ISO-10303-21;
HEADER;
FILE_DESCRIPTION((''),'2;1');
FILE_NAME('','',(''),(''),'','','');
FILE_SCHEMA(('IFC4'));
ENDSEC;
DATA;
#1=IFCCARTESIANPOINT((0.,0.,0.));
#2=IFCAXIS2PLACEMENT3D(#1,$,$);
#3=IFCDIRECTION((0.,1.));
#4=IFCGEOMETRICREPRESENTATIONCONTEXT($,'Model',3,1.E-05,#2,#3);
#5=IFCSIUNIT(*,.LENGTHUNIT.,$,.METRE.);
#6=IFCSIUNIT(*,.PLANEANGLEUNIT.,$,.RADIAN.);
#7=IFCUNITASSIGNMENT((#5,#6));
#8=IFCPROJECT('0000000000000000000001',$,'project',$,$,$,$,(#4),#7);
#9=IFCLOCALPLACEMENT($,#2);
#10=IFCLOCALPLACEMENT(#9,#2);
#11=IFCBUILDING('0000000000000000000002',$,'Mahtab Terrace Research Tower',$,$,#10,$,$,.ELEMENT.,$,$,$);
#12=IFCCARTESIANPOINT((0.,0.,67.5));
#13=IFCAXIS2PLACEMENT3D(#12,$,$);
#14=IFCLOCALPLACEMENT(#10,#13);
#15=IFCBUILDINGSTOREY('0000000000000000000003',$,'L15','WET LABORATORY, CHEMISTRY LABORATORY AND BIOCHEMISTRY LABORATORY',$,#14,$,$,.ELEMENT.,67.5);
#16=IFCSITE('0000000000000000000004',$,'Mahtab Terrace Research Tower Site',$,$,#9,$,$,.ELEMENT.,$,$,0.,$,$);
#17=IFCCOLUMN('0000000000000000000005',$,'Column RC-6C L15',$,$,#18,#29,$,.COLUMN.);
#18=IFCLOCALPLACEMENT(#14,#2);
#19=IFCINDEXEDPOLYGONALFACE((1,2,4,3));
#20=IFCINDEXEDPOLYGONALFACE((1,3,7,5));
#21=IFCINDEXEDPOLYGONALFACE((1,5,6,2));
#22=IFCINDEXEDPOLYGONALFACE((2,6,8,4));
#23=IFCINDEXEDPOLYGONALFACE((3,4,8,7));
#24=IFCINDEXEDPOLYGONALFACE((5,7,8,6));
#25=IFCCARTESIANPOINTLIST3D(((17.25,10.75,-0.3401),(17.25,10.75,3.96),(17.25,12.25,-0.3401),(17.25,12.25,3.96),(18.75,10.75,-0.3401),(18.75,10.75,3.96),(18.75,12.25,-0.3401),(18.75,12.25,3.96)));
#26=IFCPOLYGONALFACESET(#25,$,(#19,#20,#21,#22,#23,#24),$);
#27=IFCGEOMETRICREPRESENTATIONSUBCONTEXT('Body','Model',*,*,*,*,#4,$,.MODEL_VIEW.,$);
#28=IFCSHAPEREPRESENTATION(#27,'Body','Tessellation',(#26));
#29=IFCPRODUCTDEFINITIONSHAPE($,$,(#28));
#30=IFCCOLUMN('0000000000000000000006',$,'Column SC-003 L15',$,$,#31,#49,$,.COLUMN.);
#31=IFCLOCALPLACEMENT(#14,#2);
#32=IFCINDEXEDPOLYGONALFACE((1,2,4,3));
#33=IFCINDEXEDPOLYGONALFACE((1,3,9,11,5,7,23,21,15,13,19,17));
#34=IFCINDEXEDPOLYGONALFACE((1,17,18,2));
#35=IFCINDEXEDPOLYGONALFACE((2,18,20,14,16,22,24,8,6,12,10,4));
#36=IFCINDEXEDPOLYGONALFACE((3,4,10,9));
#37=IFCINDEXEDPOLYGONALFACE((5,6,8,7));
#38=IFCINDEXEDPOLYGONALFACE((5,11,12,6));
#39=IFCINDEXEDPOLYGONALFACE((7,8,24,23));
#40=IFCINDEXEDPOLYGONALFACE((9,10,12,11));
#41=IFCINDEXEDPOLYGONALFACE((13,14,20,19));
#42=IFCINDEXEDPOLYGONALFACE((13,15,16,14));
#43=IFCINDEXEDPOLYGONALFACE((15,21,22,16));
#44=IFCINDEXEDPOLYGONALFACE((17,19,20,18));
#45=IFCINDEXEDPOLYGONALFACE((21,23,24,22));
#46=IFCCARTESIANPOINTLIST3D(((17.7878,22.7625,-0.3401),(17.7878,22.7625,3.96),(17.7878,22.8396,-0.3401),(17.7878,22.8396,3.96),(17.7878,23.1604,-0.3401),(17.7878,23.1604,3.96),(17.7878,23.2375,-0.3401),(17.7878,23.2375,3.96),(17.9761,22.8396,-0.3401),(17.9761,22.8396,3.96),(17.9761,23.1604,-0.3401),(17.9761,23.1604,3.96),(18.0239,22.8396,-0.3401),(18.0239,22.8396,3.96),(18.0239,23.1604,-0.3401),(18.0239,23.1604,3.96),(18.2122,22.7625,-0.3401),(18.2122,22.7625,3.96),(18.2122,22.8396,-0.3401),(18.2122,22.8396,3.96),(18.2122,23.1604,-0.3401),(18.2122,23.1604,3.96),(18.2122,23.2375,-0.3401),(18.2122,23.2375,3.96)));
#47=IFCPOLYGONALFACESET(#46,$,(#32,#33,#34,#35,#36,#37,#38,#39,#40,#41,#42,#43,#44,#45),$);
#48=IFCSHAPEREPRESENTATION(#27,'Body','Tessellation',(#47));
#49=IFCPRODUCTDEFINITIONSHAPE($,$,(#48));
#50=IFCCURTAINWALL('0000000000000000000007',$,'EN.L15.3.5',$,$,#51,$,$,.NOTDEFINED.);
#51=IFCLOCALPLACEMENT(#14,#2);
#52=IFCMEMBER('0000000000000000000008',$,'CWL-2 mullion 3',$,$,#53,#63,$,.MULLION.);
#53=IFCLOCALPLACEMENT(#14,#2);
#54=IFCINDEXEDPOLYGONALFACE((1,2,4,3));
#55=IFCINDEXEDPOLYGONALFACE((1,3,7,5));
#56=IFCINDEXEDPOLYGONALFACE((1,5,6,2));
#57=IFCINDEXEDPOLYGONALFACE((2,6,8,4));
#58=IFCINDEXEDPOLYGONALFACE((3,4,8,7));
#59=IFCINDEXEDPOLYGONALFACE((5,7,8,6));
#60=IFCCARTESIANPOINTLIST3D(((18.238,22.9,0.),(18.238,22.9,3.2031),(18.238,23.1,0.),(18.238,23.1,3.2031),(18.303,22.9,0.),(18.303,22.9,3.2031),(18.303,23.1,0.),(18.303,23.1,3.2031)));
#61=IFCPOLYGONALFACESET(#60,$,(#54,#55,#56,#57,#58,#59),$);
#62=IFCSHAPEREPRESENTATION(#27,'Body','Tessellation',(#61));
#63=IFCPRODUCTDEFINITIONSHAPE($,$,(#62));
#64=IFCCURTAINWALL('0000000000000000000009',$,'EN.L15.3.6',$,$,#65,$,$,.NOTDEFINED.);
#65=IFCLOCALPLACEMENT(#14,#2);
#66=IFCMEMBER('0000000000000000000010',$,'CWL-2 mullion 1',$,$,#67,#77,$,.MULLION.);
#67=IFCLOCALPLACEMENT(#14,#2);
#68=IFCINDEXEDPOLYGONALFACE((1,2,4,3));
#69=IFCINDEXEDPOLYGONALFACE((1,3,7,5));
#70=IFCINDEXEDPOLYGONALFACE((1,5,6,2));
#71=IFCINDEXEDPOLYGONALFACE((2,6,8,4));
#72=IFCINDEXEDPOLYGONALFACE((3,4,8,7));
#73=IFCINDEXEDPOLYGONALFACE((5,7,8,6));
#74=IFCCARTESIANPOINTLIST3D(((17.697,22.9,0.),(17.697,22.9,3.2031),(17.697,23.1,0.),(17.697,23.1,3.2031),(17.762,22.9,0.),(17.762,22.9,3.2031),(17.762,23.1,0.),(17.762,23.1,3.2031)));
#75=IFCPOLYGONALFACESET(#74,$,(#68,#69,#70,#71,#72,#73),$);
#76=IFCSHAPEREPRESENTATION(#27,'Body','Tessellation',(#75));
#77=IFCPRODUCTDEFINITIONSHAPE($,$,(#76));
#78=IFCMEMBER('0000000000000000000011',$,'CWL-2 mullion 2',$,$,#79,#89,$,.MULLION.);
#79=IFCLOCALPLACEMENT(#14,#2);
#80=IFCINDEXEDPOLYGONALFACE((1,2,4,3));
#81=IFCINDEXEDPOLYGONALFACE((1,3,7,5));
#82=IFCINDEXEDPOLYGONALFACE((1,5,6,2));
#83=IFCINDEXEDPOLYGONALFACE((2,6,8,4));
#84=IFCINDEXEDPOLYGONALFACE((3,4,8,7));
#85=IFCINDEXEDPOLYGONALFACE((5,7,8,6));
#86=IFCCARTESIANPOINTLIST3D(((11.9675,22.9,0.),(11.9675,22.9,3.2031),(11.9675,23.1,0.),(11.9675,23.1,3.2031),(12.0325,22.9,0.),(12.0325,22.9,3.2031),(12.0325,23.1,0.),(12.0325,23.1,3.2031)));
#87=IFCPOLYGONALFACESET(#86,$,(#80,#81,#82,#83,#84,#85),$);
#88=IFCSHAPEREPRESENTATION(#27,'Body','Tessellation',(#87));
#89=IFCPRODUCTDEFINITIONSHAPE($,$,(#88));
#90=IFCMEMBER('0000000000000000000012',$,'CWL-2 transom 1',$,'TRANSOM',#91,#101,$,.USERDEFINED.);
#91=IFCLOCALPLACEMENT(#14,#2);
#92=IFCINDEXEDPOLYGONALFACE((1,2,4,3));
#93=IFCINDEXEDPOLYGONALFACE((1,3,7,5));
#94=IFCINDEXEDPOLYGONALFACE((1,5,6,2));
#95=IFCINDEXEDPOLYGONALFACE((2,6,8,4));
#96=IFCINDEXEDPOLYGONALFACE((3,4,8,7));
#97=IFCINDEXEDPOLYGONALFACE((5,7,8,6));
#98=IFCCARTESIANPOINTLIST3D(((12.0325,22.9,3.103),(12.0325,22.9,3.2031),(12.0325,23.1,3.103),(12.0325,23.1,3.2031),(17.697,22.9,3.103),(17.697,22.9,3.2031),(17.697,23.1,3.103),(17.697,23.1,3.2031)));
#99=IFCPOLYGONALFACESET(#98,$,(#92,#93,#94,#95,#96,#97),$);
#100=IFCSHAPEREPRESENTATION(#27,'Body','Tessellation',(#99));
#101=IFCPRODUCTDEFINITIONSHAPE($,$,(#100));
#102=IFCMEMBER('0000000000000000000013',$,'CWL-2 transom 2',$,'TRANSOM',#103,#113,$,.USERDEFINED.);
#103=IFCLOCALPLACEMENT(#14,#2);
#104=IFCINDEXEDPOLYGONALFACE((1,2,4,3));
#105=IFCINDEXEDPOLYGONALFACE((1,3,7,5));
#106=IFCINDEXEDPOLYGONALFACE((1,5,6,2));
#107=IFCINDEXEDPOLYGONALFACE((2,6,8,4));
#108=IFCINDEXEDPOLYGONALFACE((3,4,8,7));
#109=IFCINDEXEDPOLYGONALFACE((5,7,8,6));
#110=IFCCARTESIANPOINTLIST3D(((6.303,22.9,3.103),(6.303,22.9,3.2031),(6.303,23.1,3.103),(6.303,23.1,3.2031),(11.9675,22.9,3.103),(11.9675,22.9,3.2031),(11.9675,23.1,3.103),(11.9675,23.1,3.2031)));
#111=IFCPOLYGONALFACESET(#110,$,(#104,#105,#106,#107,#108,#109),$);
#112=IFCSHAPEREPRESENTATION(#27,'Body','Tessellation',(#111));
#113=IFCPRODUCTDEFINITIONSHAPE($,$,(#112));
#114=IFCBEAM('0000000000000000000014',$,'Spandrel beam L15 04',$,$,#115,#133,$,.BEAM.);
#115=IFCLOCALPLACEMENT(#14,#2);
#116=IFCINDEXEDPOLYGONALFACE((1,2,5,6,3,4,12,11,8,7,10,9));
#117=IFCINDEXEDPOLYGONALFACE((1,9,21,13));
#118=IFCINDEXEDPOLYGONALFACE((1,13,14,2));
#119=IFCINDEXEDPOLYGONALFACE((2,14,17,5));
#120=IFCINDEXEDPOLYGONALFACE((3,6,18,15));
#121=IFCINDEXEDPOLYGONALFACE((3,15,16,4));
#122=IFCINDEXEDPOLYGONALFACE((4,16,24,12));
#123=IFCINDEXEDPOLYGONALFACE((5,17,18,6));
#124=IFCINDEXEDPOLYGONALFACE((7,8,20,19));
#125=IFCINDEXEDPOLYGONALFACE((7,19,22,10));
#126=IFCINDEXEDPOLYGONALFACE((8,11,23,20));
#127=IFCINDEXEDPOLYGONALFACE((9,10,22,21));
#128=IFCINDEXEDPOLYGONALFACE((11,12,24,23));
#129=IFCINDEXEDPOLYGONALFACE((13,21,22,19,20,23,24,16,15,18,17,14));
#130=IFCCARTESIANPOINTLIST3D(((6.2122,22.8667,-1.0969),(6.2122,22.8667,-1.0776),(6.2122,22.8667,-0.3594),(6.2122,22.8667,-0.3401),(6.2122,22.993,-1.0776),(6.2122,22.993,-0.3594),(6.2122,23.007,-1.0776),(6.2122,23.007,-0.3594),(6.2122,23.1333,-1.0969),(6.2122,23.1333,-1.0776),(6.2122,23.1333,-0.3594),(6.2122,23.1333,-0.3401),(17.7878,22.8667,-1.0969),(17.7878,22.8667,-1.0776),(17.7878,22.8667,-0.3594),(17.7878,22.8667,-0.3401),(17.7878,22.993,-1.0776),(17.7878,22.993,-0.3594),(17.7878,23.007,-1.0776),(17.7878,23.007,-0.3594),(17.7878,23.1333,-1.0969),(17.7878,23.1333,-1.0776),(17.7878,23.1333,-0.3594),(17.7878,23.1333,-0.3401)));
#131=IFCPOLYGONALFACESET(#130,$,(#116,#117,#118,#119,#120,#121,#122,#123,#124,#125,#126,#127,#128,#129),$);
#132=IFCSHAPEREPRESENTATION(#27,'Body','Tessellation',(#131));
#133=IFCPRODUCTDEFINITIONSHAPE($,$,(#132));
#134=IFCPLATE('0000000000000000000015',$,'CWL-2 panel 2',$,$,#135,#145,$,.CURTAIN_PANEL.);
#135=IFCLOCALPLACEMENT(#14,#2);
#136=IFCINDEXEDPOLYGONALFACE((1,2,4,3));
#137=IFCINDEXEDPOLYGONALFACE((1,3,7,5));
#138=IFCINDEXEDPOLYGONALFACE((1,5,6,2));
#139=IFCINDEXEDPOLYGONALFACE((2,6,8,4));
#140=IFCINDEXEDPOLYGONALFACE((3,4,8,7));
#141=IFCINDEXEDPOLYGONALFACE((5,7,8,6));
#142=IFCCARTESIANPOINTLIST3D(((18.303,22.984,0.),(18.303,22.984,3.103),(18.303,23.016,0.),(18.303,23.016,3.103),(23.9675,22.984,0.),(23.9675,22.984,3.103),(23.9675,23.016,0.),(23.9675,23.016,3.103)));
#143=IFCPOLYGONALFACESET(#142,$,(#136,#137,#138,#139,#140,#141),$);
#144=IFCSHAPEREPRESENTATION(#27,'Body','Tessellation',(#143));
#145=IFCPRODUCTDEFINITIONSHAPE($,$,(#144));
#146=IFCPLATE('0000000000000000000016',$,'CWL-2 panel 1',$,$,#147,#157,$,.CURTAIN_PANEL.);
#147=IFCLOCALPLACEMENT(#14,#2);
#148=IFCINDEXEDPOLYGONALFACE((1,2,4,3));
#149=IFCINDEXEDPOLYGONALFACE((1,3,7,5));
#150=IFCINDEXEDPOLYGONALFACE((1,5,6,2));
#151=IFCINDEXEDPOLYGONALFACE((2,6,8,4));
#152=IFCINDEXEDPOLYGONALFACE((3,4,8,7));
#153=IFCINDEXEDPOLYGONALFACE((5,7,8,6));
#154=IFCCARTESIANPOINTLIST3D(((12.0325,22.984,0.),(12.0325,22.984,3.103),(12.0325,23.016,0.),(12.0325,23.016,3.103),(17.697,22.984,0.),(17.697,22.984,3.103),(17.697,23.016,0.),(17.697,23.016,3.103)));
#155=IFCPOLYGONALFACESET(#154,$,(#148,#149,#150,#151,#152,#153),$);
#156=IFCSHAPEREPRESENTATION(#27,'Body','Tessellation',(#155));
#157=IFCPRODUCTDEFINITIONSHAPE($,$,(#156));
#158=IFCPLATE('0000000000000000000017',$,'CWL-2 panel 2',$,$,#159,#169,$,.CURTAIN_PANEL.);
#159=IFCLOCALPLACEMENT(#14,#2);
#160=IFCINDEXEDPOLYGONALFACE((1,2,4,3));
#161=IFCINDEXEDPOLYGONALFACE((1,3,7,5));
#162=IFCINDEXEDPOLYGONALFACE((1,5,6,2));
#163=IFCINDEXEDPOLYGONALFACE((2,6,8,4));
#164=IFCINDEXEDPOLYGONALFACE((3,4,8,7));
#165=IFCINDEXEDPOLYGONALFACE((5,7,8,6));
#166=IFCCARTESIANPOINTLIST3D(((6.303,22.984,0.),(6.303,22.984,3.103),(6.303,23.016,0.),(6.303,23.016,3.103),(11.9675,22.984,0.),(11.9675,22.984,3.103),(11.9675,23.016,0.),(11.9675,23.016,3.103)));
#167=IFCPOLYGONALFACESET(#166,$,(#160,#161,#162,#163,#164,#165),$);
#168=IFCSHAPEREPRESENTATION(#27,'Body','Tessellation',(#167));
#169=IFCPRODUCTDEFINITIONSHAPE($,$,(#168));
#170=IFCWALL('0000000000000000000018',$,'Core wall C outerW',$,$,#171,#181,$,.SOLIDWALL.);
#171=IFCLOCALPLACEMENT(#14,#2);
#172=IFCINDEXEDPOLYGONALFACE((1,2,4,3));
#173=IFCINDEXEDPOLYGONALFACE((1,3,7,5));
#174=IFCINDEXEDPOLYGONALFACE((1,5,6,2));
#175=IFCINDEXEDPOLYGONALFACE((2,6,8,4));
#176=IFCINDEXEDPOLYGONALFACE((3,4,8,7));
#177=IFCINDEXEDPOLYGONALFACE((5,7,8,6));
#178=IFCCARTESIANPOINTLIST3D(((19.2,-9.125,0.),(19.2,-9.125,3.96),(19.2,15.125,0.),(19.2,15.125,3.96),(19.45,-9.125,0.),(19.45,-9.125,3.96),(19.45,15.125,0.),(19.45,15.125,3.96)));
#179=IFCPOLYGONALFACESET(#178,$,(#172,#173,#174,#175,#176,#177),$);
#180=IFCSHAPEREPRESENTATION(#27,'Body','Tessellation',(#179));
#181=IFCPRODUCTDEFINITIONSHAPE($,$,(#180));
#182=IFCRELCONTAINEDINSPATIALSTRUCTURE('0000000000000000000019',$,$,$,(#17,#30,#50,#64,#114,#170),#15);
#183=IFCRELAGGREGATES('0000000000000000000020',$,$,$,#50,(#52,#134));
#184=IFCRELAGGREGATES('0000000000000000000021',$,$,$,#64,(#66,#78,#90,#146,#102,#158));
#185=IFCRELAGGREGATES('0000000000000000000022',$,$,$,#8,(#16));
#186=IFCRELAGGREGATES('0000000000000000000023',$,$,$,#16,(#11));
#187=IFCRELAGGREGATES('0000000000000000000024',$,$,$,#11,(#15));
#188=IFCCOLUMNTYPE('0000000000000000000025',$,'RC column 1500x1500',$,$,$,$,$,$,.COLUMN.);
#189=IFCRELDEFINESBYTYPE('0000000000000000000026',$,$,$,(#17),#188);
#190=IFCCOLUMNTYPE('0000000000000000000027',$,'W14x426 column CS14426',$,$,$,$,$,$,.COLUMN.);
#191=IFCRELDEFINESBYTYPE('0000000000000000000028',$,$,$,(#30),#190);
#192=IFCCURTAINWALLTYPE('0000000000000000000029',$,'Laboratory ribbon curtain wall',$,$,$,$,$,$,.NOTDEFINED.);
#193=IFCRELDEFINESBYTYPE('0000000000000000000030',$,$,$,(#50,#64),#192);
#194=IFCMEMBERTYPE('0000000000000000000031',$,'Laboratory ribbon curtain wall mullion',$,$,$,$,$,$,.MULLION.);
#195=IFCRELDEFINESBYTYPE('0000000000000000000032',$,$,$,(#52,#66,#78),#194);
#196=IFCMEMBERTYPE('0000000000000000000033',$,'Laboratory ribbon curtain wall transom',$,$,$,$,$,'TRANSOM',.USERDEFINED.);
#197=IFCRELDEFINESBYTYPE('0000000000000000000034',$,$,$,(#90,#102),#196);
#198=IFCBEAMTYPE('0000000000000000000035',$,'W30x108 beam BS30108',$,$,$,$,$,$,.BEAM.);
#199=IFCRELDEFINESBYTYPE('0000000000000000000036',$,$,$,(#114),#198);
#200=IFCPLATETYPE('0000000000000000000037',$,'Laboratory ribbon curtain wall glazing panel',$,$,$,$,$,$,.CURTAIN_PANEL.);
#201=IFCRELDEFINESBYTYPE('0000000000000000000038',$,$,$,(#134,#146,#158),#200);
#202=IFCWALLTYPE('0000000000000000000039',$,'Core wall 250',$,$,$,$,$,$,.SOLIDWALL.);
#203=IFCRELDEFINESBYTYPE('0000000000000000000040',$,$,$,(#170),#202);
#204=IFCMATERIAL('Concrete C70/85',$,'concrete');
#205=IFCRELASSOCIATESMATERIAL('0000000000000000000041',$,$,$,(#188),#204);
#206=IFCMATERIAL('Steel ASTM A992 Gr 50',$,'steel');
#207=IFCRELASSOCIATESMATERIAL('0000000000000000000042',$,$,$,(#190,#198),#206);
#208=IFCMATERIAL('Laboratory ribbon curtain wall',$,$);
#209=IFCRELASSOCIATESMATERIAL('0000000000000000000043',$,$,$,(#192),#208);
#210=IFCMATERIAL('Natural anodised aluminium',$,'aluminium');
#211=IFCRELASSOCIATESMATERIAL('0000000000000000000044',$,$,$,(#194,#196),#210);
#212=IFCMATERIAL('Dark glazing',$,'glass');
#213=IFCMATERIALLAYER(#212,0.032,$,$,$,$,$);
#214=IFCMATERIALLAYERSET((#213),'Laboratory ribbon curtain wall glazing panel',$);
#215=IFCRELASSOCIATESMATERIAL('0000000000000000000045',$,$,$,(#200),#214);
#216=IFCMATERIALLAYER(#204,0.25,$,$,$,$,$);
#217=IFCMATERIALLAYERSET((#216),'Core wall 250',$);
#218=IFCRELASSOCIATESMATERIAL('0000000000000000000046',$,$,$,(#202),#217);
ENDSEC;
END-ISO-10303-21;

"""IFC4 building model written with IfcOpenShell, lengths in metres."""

from ifc_helpers import new_model, si_unit, direction, frame, frame_2d, origin, origin_2d, place, context, subcontext, project, spatial, rectangle, i_section, extrude, material, layer, layer_set, material_profile, profile_set, type_object, element, aggregate, save


model = new_model("IFC4")

# Units and contexts
model_context = context("Model", 3, precision=1e-05, world=origin(), true_north=direction((0.0, 1.0)))
body_context = subcontext(model_context, "Body", "Model", "MODEL_VIEW")
ifc_project = project(units=[si_unit("LENGTHUNIT", "METRE"), si_unit("PLANEANGLEUNIT", "RADIAN")], contexts=[model_context])

# Site, building, storey
site_placement = place(None, origin())
site = spatial("IfcSite", under=ifc_project, at=site_placement, Name="Mahtab Terrace Research Tower Site", CompositionType="ELEMENT", RefElevation=0.0)
building_placement = place(site_placement, origin())
building = spatial("IfcBuilding", under=site, at=building_placement, Name="Mahtab Terrace Research Tower", CompositionType="ELEMENT")
storey_placement = place(building_placement, frame((0.0, 0.0, 67.5)))
storey = spatial("IfcBuildingStorey", under=building, at=storey_placement, Name="L15", Description="WET LABORATORY, CHEMISTRY LABORATORY AND BIOCHEMISTRY LABORATORY", CompositionType="ELEMENT", Elevation=67.5)

# Columns
ifc_material_1 = material(Name="Concrete C70/85", Category="concrete")
ifc_material_profile_1 = material_profile(ifc_material_1, rectangle(XDim=1.5, YDim=1.5, at=origin_2d()), Name="RC column 1500x1500")
ifc_profile_set_1 = profile_set([ifc_material_profile_1], Name="Concrete C70/85")
column_type_1 = type_object("IfcColumnType", Name="RC column 1500x1500", PredefinedType="COLUMN", material=ifc_profile_set_1)
column_1_placement = place(storey_placement, frame((18.0, 11.5, -0.3401), z_axis=(0.0, 0.0, 1.0), x_axis=(1.0, 0.0, 0.0)))
element("IfcColumn", 1, at=column_1_placement, inside=storey, type_object=column_type_1, Name="Column RC-6C L15", PredefinedType="COLUMN", context=body_context, shape_type="SweptSolid", body=[
    extrude(rectangle(XDim=1.5, YDim=1.5, at=origin_2d()), origin(), (0.0, 0.0, 1.0), 4.3),
])
ifc_material_2 = material(Name="Steel ASTM A992 Gr 50", Category="steel")
ifc_material_profile_2 = material_profile(ifc_material_2, i_section(OverallWidth=0.4243, OverallDepth=0.4751, WebThickness=0.0479, FlangeThickness=0.0771, at=origin_2d()), Name="W14X426")
ifc_profile_set_2 = profile_set([ifc_material_profile_2], Name="Steel ASTM A992 Gr 50")
column_type_2 = type_object("IfcColumnType", Name="W14x426 column CS14426", PredefinedType="COLUMN", material=ifc_profile_set_2)
column_2_placement = place(storey_placement, frame((18.0, 23.0, -0.3401), z_axis=(0.0, 0.0, 1.0), x_axis=(1.0, 0.0, 0.0)))
element("IfcColumn", 2, at=column_2_placement, inside=storey, type_object=column_type_2, Name="Column SC-003 L15", PredefinedType="COLUMN", context=body_context, shape_type="SweptSolid", body=[
    extrude(i_section(OverallWidth=0.4243, OverallDepth=0.4751, WebThickness=0.0479, FlangeThickness=0.0771, at=origin_2d()), origin(), (0.0, 0.0, 1.0), 4.3),
])

# Curtain wall, member
ifc_material_3 = material(Name="Laboratory ribbon curtain wall")
curtain_wall_type = type_object("IfcCurtainWallType", Name="Laboratory ribbon curtain wall", PredefinedType="NOTDEFINED", material=ifc_material_3)
curtain_wall_1_placement = place(storey_placement, origin())
curtain_wall_1 = element("IfcCurtainWall", 3, at=curtain_wall_1_placement, inside=storey, type_object=curtain_wall_type, Name="EN.L15.3.5", PredefinedType="NOTDEFINED")
ifc_material_4 = material(Name="Natural anodised aluminium", Category="aluminium")
ifc_material_profile_3 = material_profile(ifc_material_4, rectangle(XDim=0.2, YDim=0.0649, at=origin_2d()), Name="MULLION 65x200")
ifc_profile_set_3 = profile_set([ifc_material_profile_3], Name="Natural anodised aluminium")
member_type_1 = type_object("IfcMemberType", Name="Laboratory ribbon curtain wall mullion", PredefinedType="MULLION", material=ifc_profile_set_3)
member_1_placement = place(storey_placement, frame((18.2705, 23.0, 0.0), z_axis=(0.0, 0.0, 1.0), x_axis=(0.0, -1.0, 0.0)))
member_1 = element("IfcMember", 4, at=member_1_placement, type_object=member_type_1, Name="CWL-2 mullion 3", PredefinedType="MULLION", context=body_context, shape_type="SweptSolid", body=[
    extrude(rectangle(XDim=0.2, YDim=0.0649, at=origin_2d()), origin(), (0.0, 0.0, 1.0), 3.2031),
])

# Curtain wall, members
curtain_wall_2_placement = place(storey_placement, origin())
curtain_wall_2 = element("IfcCurtainWall", 5, at=curtain_wall_2_placement, inside=storey, type_object=curtain_wall_type, Name="EN.L15.3.6", PredefinedType="NOTDEFINED")
member_2_placement = place(storey_placement, frame((17.7295, 23.0, 0.0), z_axis=(0.0, 0.0, 1.0), x_axis=(0.0, -1.0, 0.0)))
member_2 = element("IfcMember", 6, at=member_2_placement, type_object=member_type_1, Name="CWL-2 mullion 1", PredefinedType="MULLION", context=body_context, shape_type="SweptSolid", body=[
    extrude(rectangle(XDim=0.2, YDim=0.0649, at=origin_2d()), origin(), (0.0, 0.0, 1.0), 3.2031),
])
member_3_placement = place(storey_placement, frame((12.0, 23.0, 0.0), z_axis=(0.0, 0.0, 1.0), x_axis=(0.0, -1.0, 0.0)))
member_3 = element("IfcMember", 7, at=member_3_placement, type_object=member_type_1, Name="CWL-2 mullion 2", PredefinedType="MULLION", context=body_context, shape_type="SweptSolid", body=[
    extrude(rectangle(XDim=0.2, YDim=0.0649, at=origin_2d()), origin(), (0.0, 0.0, 1.0), 3.2031),
])
ifc_material_profile_4 = material_profile(ifc_material_4, rectangle(XDim=0.2, YDim=0.1001, at=origin_2d()), Name="TRANSOM 100x200")
ifc_profile_set_4 = profile_set([ifc_material_profile_4], Name="Natural anodised aluminium")
member_type_2 = type_object("IfcMemberType", Name="Laboratory ribbon curtain wall transom", ElementType="TRANSOM", PredefinedType="USERDEFINED", material=ifc_profile_set_4)
member_4_placement = place(storey_placement, frame((17.697, 23.0, 3.1531), z_axis=(-1.0, 0.0, 0.0), x_axis=(0.0, -1.0, 0.0)))
member_4 = element("IfcMember", 8, at=member_4_placement, type_object=member_type_2, Name="CWL-2 transom 1", ObjectType="TRANSOM", PredefinedType="USERDEFINED", context=body_context, shape_type="SweptSolid", body=[
    extrude(rectangle(XDim=0.2, YDim=0.1001, at=origin_2d()), origin(), (0.0, 0.0, 1.0), 5.6646),
])
member_5_placement = place(storey_placement, frame((11.9675, 23.0, 3.1531), z_axis=(-1.0, 0.0, 0.0), x_axis=(0.0, -1.0, 0.0)))
member_5 = element("IfcMember", 9, at=member_5_placement, type_object=member_type_2, Name="CWL-2 transom 2", ObjectType="TRANSOM", PredefinedType="USERDEFINED", context=body_context, shape_type="SweptSolid", body=[
    extrude(rectangle(XDim=0.2, YDim=0.1001, at=origin_2d()), origin(), (0.0, 0.0, 1.0), 5.6646),
])

# Beam
ifc_material_profile_5 = material_profile(ifc_material_2, i_section(OverallWidth=0.2666, OverallDepth=0.7568, WebThickness=0.0139, FlangeThickness=0.0193, at=origin_2d()), Name="W30X108")
ifc_profile_set_5 = profile_set([ifc_material_profile_5], Name="Steel ASTM A992 Gr 50")
beam_type = type_object("IfcBeamType", Name="W30x108 beam BS30108", PredefinedType="BEAM", material=ifc_profile_set_5)
beam_placement = place(storey_placement, frame((17.7878, 23.0, -0.7185), z_axis=(-1.0, 0.0, 0.0), x_axis=(0.0, -1.0, 0.0)))
element("IfcBeam", 10, at=beam_placement, inside=storey, type_object=beam_type, Name="Spandrel beam L15 04", PredefinedType="BEAM", context=body_context, shape_type="SweptSolid", body=[
    extrude(i_section(OverallWidth=0.2666, OverallDepth=0.7568, WebThickness=0.0139, FlangeThickness=0.0193, at=origin_2d()), origin(), (0.0, 0.0, 1.0), 11.5757),
])

# Plates
ifc_material_5 = material(Name="Dark glazing", Category="glass")
ifc_layer_1 = layer(ifc_material_5, 0.032)
ifc_layer_set_1 = layer_set([ifc_layer_1], Name="Laboratory ribbon curtain wall glazing panel")
plate_type = type_object("IfcPlateType", Name="Laboratory ribbon curtain wall glazing panel", PredefinedType="CURTAIN_PANEL", material=ifc_layer_set_1)
plate_1_placement = place(storey_placement, frame((21.1353, 23.0, 0.0), z_axis=(0.0, 0.0, 1.0), x_axis=(-1.0, 0.0, 0.0)))
plate_1 = element("IfcPlate", 11, at=plate_1_placement, type_object=plate_type, Name="CWL-2 panel 2", PredefinedType="CURTAIN_PANEL", context=body_context, shape_type="SweptSolid", body=[
    extrude(rectangle(XDim=5.6646, YDim=0.032, at=origin_2d()), origin(), (0.0, 0.0, 1.0), 3.103),
])
aggregate(curtain_wall_1, [member_1, plate_1])
plate_2_placement = place(storey_placement, frame((14.8647, 23.0, 0.0), z_axis=(0.0, 0.0, 1.0), x_axis=(-1.0, 0.0, 0.0)))
plate_2 = element("IfcPlate", 12, at=plate_2_placement, type_object=plate_type, Name="CWL-2 panel 1", PredefinedType="CURTAIN_PANEL", context=body_context, shape_type="SweptSolid", body=[
    extrude(rectangle(XDim=5.6646, YDim=0.032, at=origin_2d()), origin(), (0.0, 0.0, 1.0), 3.103),
])
plate_3_placement = place(storey_placement, frame((9.1353, 23.0, 0.0), z_axis=(0.0, 0.0, 1.0), x_axis=(-1.0, 0.0, 0.0)))
plate_3 = element("IfcPlate", 13, at=plate_3_placement, type_object=plate_type, Name="CWL-2 panel 2", PredefinedType="CURTAIN_PANEL", context=body_context, shape_type="SweptSolid", body=[
    extrude(rectangle(XDim=5.6646, YDim=0.032, at=origin_2d()), origin(), (0.0, 0.0, 1.0), 3.103),
])
aggregate(curtain_wall_2, [member_2, member_3, member_4, plate_2, member_5, plate_3])

# Wall
ifc_layer_2 = layer(ifc_material_1, 0.25)
ifc_layer_set_2 = layer_set([ifc_layer_2], Name="Core wall 250")
wall_type_1 = type_object("IfcWallType", Name="Core wall 250", PredefinedType="SOLIDWALL", material=ifc_layer_set_2)
wall_1_placement = place(storey_placement, frame((19.325, 15.125, 0.0), z_axis=(0.0, 0.0, 1.0), x_axis=(0.0, -1.0, 0.0)))
element("IfcWall", 14, at=wall_1_placement, inside=storey, type_object=wall_type_1, Name="Core wall C outerW", PredefinedType="SOLIDWALL", context=body_context, shape_type="SweptSolid", body=[
    extrude(rectangle(XDim=24.25, YDim=0.25, at=frame_2d((12.125, 0.0))), origin(), (0.0, 0.0, 1.0), 3.96),
])

save(model, "model.ifc")
